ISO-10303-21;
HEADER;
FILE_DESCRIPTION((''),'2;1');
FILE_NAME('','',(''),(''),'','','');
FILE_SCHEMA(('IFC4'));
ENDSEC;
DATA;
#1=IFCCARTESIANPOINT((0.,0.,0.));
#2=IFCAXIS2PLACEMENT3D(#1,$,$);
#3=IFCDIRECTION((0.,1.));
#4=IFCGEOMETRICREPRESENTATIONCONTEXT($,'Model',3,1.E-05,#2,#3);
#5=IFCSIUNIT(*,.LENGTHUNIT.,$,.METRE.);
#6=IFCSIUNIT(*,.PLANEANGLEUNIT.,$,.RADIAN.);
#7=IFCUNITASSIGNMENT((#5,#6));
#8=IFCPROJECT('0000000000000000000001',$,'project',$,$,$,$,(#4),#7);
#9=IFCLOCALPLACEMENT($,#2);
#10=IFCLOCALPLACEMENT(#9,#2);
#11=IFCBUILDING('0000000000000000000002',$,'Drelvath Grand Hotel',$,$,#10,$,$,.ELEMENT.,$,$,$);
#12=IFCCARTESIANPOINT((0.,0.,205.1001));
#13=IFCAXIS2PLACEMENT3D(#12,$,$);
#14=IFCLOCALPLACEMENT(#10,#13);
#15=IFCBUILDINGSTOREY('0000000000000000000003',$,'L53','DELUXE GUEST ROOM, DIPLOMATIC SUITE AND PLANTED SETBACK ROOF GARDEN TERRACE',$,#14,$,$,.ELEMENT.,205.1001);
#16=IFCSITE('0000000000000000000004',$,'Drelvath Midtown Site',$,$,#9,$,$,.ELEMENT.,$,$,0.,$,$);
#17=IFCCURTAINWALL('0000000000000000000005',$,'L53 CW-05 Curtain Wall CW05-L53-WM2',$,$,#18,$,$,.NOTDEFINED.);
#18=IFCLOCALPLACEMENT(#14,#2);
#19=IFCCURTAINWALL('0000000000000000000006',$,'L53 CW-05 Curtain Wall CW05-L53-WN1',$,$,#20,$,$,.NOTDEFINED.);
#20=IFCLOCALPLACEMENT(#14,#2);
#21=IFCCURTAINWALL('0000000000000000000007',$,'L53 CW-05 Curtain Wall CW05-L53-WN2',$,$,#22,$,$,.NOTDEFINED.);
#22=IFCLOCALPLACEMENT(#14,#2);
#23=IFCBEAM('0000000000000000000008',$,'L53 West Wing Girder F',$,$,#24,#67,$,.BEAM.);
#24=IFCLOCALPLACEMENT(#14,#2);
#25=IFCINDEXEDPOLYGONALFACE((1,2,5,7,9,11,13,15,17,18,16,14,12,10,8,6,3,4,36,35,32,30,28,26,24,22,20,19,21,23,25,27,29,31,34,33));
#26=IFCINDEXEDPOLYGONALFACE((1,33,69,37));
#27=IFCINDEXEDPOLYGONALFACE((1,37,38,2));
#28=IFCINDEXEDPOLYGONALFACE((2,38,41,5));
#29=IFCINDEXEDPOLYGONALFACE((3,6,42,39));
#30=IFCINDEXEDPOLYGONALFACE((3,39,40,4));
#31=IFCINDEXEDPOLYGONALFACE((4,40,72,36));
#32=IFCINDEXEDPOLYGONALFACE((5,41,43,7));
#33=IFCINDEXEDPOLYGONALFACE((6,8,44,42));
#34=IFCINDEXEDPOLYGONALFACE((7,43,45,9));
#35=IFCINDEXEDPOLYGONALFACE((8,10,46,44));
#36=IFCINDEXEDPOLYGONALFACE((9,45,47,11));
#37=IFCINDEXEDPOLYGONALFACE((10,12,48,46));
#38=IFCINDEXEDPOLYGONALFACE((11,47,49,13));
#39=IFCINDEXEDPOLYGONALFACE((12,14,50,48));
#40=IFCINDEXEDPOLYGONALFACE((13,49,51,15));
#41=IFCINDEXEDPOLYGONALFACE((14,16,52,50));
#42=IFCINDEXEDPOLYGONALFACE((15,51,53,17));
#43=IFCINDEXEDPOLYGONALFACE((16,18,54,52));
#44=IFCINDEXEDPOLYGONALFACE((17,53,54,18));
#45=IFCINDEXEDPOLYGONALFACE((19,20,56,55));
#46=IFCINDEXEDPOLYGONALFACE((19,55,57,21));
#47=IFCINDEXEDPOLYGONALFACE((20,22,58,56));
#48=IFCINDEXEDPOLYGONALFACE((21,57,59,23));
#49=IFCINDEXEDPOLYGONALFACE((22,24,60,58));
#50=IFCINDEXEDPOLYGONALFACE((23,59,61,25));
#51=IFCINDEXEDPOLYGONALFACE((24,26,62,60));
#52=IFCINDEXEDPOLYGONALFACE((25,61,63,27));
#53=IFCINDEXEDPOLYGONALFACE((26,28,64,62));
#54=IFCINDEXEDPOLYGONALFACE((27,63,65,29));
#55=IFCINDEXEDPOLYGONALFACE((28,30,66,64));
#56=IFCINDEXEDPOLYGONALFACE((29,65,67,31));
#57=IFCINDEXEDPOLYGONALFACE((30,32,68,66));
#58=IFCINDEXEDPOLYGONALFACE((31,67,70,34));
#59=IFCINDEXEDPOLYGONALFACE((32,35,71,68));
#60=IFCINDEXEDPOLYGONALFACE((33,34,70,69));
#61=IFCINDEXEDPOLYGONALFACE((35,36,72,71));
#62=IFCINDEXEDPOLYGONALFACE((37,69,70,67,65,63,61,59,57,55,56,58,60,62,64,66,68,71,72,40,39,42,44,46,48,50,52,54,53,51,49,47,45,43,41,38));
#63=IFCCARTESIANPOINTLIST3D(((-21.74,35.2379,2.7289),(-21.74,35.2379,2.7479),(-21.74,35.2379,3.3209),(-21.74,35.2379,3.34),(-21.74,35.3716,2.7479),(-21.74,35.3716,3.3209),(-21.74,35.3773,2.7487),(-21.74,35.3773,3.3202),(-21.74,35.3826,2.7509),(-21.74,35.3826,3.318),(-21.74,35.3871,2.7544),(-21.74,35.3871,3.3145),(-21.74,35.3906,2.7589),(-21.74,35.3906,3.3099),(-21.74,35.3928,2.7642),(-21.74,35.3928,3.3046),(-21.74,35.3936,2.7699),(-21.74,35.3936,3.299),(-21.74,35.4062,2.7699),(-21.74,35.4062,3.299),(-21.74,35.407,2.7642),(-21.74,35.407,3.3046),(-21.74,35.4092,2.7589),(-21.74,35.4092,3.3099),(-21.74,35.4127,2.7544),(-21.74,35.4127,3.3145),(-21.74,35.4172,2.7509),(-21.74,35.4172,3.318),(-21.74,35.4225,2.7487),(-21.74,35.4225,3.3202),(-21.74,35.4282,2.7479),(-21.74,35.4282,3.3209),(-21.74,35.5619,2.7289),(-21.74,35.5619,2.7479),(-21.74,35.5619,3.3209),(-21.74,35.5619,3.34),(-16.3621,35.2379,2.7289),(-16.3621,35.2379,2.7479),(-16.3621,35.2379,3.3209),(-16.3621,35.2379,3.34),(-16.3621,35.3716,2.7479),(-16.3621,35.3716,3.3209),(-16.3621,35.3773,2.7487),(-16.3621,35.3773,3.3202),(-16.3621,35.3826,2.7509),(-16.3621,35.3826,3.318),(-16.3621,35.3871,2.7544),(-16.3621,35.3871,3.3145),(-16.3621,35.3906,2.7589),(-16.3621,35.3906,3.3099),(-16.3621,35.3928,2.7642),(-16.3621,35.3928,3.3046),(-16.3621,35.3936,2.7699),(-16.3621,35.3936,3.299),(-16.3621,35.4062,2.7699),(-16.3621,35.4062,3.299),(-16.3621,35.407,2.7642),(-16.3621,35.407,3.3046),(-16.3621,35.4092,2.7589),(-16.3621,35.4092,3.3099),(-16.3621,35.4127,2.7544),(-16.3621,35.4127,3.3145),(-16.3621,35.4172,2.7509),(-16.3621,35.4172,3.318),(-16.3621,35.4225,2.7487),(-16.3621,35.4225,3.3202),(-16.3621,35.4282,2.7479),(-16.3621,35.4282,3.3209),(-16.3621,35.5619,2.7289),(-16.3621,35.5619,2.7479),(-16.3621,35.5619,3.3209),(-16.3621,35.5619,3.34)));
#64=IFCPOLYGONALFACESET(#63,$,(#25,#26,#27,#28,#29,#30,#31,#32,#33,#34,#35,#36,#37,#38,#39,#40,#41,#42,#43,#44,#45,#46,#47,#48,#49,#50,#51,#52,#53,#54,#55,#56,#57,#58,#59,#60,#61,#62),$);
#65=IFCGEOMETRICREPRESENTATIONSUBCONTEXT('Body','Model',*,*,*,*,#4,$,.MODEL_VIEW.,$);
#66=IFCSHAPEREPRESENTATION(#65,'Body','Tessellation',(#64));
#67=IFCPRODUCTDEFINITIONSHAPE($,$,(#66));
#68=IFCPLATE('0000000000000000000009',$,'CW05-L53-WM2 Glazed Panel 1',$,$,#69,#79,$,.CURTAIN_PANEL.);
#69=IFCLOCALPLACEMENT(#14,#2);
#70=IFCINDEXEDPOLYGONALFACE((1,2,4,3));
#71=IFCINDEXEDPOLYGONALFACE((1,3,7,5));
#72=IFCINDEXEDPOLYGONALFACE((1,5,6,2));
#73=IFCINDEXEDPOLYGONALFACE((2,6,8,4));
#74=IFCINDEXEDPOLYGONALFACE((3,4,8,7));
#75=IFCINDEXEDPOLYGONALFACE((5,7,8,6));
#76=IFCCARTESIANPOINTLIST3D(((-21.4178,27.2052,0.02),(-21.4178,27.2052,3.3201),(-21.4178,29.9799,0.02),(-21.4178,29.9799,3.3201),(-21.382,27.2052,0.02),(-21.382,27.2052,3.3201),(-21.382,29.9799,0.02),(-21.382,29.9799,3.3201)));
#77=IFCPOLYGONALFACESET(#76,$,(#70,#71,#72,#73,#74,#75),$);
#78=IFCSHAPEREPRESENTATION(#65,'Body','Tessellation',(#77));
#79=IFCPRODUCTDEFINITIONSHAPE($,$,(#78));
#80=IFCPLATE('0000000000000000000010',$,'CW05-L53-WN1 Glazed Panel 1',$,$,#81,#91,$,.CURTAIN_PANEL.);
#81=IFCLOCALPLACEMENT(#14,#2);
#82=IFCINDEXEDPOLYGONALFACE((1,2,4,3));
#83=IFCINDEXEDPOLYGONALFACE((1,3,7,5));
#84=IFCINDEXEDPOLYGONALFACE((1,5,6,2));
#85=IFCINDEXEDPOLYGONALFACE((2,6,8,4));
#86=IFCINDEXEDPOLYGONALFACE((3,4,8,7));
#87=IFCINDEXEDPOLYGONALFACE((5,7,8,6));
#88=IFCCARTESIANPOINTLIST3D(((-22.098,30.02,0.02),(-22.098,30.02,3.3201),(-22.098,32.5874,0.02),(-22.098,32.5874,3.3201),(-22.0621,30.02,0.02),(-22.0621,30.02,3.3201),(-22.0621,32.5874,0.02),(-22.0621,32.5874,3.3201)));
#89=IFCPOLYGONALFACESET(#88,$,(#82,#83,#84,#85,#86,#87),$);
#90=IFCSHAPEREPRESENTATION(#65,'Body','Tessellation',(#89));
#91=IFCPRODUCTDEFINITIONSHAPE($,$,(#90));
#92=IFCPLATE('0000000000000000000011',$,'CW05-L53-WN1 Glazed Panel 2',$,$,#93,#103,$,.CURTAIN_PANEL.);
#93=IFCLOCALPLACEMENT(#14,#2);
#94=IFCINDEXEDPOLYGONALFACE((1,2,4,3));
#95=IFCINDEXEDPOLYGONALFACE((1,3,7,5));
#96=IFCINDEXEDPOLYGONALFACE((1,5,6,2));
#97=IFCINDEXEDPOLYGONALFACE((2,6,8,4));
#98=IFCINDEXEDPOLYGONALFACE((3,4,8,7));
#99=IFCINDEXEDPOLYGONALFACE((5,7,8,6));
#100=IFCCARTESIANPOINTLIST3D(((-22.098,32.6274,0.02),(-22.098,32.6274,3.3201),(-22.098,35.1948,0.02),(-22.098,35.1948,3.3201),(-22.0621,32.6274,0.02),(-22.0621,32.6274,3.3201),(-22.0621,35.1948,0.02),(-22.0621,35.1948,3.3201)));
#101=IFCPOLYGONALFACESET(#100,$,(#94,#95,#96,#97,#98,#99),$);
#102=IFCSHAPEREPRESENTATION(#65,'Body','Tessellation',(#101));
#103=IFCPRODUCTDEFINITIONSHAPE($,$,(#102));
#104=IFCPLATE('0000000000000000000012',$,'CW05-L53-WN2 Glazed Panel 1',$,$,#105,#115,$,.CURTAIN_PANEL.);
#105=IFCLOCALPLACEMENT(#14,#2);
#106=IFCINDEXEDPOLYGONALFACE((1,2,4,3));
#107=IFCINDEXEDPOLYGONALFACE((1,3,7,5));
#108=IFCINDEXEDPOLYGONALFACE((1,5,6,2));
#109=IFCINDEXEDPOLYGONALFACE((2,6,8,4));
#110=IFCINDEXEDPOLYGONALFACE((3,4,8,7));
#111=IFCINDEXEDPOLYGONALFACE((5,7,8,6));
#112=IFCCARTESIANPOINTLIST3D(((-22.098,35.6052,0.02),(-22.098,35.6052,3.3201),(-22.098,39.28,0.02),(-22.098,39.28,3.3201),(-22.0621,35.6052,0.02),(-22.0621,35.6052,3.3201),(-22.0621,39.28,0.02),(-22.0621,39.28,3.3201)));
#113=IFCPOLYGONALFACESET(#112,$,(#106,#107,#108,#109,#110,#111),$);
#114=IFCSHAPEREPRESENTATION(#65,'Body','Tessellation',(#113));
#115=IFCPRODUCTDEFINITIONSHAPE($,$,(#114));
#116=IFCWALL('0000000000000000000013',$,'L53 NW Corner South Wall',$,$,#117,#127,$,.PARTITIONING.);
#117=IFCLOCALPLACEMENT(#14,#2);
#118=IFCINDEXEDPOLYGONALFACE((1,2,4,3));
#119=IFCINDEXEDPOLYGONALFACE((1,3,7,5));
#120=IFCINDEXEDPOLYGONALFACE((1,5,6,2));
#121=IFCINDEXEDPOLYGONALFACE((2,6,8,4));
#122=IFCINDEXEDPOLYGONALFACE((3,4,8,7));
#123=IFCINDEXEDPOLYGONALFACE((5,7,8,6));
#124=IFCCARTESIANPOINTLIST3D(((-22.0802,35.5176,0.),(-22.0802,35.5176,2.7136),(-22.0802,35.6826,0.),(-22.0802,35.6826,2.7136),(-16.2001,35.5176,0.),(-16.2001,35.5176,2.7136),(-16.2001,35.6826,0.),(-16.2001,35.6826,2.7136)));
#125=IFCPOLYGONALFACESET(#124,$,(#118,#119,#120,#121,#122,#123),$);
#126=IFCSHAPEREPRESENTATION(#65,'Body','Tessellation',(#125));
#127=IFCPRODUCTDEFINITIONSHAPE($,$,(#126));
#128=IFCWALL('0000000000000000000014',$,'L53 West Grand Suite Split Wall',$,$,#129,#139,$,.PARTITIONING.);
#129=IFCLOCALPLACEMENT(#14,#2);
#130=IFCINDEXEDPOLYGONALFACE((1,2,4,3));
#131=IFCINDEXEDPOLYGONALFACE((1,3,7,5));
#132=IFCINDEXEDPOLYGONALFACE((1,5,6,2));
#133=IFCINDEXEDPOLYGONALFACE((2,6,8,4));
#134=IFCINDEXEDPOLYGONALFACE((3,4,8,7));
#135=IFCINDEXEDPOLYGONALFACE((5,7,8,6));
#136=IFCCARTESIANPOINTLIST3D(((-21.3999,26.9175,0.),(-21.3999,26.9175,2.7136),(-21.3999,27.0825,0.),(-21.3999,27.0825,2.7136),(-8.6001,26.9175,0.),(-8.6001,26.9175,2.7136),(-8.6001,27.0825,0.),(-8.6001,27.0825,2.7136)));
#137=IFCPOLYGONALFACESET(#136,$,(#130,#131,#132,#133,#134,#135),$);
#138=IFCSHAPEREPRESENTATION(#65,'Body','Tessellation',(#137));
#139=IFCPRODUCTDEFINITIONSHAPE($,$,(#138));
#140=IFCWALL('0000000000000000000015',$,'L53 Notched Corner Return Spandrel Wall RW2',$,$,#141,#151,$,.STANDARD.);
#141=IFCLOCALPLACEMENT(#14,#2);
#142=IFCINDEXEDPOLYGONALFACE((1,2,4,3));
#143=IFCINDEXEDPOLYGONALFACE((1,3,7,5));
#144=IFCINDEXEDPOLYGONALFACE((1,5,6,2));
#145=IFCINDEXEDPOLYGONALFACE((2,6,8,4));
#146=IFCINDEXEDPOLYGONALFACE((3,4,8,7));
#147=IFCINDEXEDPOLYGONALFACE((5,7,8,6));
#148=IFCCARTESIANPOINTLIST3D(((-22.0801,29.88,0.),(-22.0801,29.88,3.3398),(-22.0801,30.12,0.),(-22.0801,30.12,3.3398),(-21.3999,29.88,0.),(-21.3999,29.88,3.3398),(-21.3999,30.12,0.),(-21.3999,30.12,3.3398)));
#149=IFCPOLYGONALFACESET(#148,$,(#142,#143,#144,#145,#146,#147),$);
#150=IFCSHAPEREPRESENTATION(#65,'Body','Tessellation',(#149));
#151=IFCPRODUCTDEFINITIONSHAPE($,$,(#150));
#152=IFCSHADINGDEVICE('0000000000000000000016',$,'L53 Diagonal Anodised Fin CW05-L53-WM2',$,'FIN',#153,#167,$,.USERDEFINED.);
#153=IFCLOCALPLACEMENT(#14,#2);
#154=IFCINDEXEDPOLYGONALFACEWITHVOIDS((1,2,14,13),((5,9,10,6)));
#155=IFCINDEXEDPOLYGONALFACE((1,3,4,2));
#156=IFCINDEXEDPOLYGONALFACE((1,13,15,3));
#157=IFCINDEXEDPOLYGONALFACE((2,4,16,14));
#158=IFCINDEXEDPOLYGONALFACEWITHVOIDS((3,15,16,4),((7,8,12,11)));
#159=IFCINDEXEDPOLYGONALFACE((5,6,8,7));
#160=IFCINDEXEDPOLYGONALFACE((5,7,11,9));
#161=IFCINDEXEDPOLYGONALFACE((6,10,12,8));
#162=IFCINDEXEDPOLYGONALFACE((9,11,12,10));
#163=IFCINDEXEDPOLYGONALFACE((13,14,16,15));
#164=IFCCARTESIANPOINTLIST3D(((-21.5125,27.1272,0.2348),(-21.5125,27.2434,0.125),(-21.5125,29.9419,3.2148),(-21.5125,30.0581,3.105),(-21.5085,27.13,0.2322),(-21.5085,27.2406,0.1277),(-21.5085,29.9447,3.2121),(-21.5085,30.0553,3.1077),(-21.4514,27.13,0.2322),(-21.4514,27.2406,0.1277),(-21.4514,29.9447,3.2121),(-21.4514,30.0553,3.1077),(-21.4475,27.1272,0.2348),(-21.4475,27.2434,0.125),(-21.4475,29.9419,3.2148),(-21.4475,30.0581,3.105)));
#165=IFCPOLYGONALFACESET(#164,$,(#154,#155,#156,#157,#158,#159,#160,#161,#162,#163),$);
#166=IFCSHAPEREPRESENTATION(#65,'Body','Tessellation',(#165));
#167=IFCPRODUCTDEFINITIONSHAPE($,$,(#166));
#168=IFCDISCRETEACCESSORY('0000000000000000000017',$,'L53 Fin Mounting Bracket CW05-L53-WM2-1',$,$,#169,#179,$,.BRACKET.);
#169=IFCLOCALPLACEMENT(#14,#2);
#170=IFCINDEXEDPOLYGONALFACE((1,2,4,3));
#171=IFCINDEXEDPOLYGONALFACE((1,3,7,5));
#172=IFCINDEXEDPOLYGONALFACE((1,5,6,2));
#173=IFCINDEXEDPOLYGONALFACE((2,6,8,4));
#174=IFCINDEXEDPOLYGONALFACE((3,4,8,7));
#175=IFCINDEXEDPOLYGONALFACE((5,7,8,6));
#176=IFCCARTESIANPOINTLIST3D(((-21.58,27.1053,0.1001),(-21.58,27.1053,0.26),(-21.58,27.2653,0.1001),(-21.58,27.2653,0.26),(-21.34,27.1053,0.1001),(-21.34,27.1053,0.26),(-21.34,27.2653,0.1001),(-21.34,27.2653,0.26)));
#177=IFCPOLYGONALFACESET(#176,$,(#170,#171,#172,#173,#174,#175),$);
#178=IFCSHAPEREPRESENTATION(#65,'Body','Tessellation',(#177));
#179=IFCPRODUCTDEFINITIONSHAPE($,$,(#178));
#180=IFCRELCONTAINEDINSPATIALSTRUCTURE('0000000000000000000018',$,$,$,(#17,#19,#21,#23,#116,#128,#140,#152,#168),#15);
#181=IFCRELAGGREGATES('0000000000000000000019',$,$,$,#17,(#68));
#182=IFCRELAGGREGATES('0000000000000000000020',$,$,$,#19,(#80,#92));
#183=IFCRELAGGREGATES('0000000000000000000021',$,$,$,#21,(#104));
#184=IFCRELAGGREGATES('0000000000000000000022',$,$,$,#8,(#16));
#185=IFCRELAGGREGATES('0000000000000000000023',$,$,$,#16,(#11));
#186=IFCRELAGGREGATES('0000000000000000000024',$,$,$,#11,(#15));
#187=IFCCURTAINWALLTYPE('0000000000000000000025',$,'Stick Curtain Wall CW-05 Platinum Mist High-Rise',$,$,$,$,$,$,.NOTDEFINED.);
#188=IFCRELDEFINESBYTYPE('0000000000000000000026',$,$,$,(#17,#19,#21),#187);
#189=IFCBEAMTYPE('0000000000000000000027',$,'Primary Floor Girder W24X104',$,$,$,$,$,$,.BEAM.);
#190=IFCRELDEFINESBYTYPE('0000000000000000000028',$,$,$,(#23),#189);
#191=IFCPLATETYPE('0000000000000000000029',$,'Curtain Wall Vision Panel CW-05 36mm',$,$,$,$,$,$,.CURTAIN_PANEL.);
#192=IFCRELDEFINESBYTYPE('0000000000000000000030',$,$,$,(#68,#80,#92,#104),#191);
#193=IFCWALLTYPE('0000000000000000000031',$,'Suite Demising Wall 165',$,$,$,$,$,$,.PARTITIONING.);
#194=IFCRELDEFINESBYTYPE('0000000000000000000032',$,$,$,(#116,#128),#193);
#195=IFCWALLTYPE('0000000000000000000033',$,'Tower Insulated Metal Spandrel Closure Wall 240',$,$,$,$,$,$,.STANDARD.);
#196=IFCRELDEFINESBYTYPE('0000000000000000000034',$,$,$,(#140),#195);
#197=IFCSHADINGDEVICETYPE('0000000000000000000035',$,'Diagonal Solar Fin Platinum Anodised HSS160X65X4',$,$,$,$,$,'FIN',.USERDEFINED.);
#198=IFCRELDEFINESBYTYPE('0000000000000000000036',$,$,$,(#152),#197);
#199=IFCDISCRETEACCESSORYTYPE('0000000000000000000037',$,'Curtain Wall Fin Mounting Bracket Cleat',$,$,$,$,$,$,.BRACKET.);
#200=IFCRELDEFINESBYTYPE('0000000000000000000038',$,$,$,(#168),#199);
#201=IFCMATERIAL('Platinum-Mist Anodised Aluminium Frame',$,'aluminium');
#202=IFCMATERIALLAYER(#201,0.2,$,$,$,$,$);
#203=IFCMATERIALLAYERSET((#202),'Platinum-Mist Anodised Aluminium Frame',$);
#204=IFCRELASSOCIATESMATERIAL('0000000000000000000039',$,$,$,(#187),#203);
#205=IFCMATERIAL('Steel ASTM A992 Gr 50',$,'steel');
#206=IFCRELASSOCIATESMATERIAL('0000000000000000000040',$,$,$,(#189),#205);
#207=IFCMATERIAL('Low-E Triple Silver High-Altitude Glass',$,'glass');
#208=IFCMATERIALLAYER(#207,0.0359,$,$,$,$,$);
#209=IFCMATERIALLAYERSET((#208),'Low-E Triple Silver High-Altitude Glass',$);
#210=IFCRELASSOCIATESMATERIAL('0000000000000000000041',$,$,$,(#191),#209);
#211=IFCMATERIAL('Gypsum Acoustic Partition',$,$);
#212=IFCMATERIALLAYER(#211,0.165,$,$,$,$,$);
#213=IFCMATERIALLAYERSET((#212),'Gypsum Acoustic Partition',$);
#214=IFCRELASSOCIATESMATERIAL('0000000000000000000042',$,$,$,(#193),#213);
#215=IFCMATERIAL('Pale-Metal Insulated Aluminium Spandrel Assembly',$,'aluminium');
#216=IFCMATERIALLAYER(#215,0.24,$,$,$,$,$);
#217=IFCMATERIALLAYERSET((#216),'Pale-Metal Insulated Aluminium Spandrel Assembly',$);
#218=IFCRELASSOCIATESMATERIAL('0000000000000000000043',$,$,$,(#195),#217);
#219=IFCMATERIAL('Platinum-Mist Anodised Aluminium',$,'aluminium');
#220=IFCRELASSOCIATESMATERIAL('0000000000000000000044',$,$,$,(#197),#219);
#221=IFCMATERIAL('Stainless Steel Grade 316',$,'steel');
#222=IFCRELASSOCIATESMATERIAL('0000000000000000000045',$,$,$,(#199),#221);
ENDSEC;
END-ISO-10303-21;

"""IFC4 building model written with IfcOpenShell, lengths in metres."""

from ifc_helpers import new_model, si_unit, direction, frame, frame_2d, origin, origin_2d, place, context, subcontext, project, spatial, rectangle, hollow_rectangle, i_section, extrude, material, layer, layer_set, material_profile, profile_set, type_object, element, aggregate, save


model = new_model("IFC4")

# Units and contexts
model_context = context("Model", 3, precision=1e-05, world=origin(), true_north=direction((0.0, 1.0)))
body_context = subcontext(model_context, "Body", "Model", "MODEL_VIEW")
ifc_project = project(units=[si_unit("LENGTHUNIT", "METRE"), si_unit("PLANEANGLEUNIT", "RADIAN")], contexts=[model_context])

# Site, building, storey
site_placement = place(None, origin())
site = spatial("IfcSite", under=ifc_project, at=site_placement, Name="Drelvath Midtown Site", CompositionType="ELEMENT", RefElevation=0.0)
building_placement = place(site_placement, origin())
building = spatial("IfcBuilding", under=site, at=building_placement, Name="Drelvath Grand Hotel", CompositionType="ELEMENT")
storey_placement = place(building_placement, frame((0.0, 0.0, 205.1001)))
storey = spatial("IfcBuildingStorey", under=building, at=storey_placement, Name="L53", Description="DELUXE GUEST ROOM, DIPLOMATIC SUITE AND PLANTED SETBACK ROOF GARDEN TERRACE", CompositionType="ELEMENT", Elevation=205.1001)

# Curtain walls
ifc_material_1 = material(Name="Platinum-Mist Anodised Aluminium Frame", Category="aluminium")
ifc_layer_1 = layer(ifc_material_1, 0.2)
ifc_layer_set_1 = layer_set([ifc_layer_1], Name="Platinum-Mist Anodised Aluminium Frame")
curtain_wall_type = type_object("IfcCurtainWallType", Name="Stick Curtain Wall CW-05 Platinum Mist High-Rise", PredefinedType="NOTDEFINED", material=ifc_layer_set_1)
curtain_wall_1_placement = place(storey_placement, origin())
curtain_wall_1 = element("IfcCurtainWall", 1, at=curtain_wall_1_placement, inside=storey, type_object=curtain_wall_type, Name="L53 CW-05 Curtain Wall CW05-L53-WM2", PredefinedType="NOTDEFINED")
curtain_wall_2_placement = place(storey_placement, origin())
curtain_wall_2 = element("IfcCurtainWall", 2, at=curtain_wall_2_placement, inside=storey, type_object=curtain_wall_type, Name="L53 CW-05 Curtain Wall CW05-L53-WN1", PredefinedType="NOTDEFINED")
curtain_wall_3_placement = place(storey_placement, origin())
curtain_wall_3 = element("IfcCurtainWall", 3, at=curtain_wall_3_placement, inside=storey, type_object=curtain_wall_type, Name="L53 CW-05 Curtain Wall CW05-L53-WN2", PredefinedType="NOTDEFINED")

# Beam
ifc_material_2 = material(Name="Steel ASTM A992 Gr 50", Category="steel")
ifc_material_profile_1 = material_profile(ifc_material_2, i_section(OverallWidth=0.324, OverallDepth=0.6111, WebThickness=0.0127, FlangeThickness=0.019, FilletRadius=0.022, at=origin_2d()), Name="W24X104")
ifc_profile_set_1 = profile_set([ifc_material_profile_1], Name="Steel ASTM A992 Gr 50")
beam_type_1 = type_object("IfcBeamType", Name="Primary Floor Girder W24X104", PredefinedType="BEAM", material=ifc_profile_set_1)
beam_1_placement = place(storey_placement, frame((-21.74, 35.3999, 3.0344), z_axis=(1.0, 0.0, 0.0), x_axis=(0.0, 1.0, 0.0)))
element("IfcBeam", 4, at=beam_1_placement, inside=storey, type_object=beam_type_1, Name="L53 West Wing Girder F", PredefinedType="BEAM", context=body_context, shape_type="SweptSolid", body=[
    extrude(i_section(OverallWidth=0.324, OverallDepth=0.6111, WebThickness=0.0127, FlangeThickness=0.019, FilletRadius=0.022, at=origin_2d()), origin(), (0.0, 0.0, 1.0), 5.3779),
])

# Plates
ifc_material_3 = material(Name="Low-E Triple Silver High-Altitude Glass", Category="glass")
ifc_layer_2 = layer(ifc_material_3, 0.0359)
ifc_layer_set_2 = layer_set([ifc_layer_2], Name="Low-E Triple Silver High-Altitude Glass")
plate_type = type_object("IfcPlateType", Name="Curtain Wall Vision Panel CW-05 36mm", PredefinedType="CURTAIN_PANEL", material=ifc_layer_set_2)
plate_1_placement = place(storey_placement, frame((-21.3999, 28.5925, 0.02), z_axis=(0.0, 0.0, 1.0), x_axis=(0.0, 1.0, 0.0)))
plate_1 = element("IfcPlate", 5, at=plate_1_placement, type_object=plate_type, Name="CW05-L53-WM2 Glazed Panel 1", PredefinedType="CURTAIN_PANEL", context=body_context, shape_type="SweptSolid", body=[
    extrude(rectangle(XDim=2.7747, YDim=0.0359, at=origin_2d()), origin(), (0.0, 0.0, 1.0), 3.3),
])
aggregate(curtain_wall_1, [plate_1])
plate_2_placement = place(storey_placement, frame((-22.0801, 31.3037, 0.02), z_axis=(0.0, 0.0, 1.0), x_axis=(0.0, 1.0, 0.0)))
plate_2 = element("IfcPlate", 6, at=plate_2_placement, type_object=plate_type, Name="CW05-L53-WN1 Glazed Panel 1", PredefinedType="CURTAIN_PANEL", context=body_context, shape_type="SweptSolid", body=[
    extrude(rectangle(XDim=2.5674, YDim=0.0359, at=origin_2d()), origin(), (0.0, 0.0, 1.0), 3.3),
])
plate_3_placement = place(storey_placement, frame((-22.0801, 33.9111, 0.02), z_axis=(0.0, 0.0, 1.0), x_axis=(0.0, 1.0, 0.0)))
plate_3 = element("IfcPlate", 7, at=plate_3_placement, type_object=plate_type, Name="CW05-L53-WN1 Glazed Panel 2", PredefinedType="CURTAIN_PANEL", context=body_context, shape_type="SweptSolid", body=[
    extrude(rectangle(XDim=2.5674, YDim=0.0359, at=origin_2d()), origin(), (0.0, 0.0, 1.0), 3.3),
])
aggregate(curtain_wall_2, [plate_2, plate_3])
plate_4_placement = place(storey_placement, frame((-22.0801, 37.4426, 0.02), z_axis=(0.0, 0.0, 1.0), x_axis=(0.0, 1.0, 0.0)))
plate_4 = element("IfcPlate", 8, at=plate_4_placement, type_object=plate_type, Name="CW05-L53-WN2 Glazed Panel 1", PredefinedType="CURTAIN_PANEL", context=body_context, shape_type="SweptSolid", body=[
    extrude(rectangle(XDim=3.6748, YDim=0.0359, at=origin_2d()), origin(), (0.0, 0.0, 1.0), 3.3),
])
aggregate(curtain_wall_3, [plate_4])

# Walls
ifc_material_4 = material(Name="Gypsum Acoustic Partition")
ifc_layer_3 = layer(ifc_material_4, 0.165)
ifc_layer_set_3 = layer_set([ifc_layer_3], Name="Gypsum Acoustic Partition")
wall_type_1 = type_object("IfcWallType", Name="Suite Demising Wall 165", PredefinedType="PARTITIONING", material=ifc_layer_set_3)
wall_1_placement = place(storey_placement, frame((-22.0801, 35.6001, 0.0), z_axis=(0.0, 0.0, 1.0), x_axis=(1.0, 0.0, 0.0)))
element("IfcWall", 9, at=wall_1_placement, inside=storey, type_object=wall_type_1, Name="L53 NW Corner South Wall", PredefinedType="PARTITIONING", context=body_context, shape_type="SweptSolid", body=[
    extrude(rectangle(XDim=5.8801, YDim=0.165, at=frame_2d((2.9399, 0.0))), origin(), (0.0, 0.0, 1.0), 2.7136),
])
wall_2_placement = place(storey_placement, frame((-21.3999, 27.0, 0.0), z_axis=(0.0, 0.0, 1.0), x_axis=(1.0, 0.0, 0.0)))
element("IfcWall", 10, at=wall_2_placement, inside=storey, type_object=wall_type_1, Name="L53 West Grand Suite Split Wall", PredefinedType="PARTITIONING", context=body_context, shape_type="SweptSolid", body=[
    extrude(rectangle(XDim=12.7998, YDim=0.165, at=frame_2d((6.3999, 0.0))), origin(), (0.0, 0.0, 1.0), 2.7136),
])
ifc_material_5 = material(Name="Pale-Metal Insulated Aluminium Spandrel Assembly", Category="aluminium")
ifc_layer_4 = layer(ifc_material_5, 0.24)
ifc_layer_set_4 = layer_set([ifc_layer_4], Name="Pale-Metal Insulated Aluminium Spandrel Assembly")
wall_type_2 = type_object("IfcWallType", Name="Tower Insulated Metal Spandrel Closure Wall 240", PredefinedType="STANDARD", material=ifc_layer_set_4)
wall_3_placement = place(storey_placement, frame((-21.3999, 30.0, 0.0), z_axis=(0.0, 0.0, 1.0), x_axis=(-1.0, 0.0, 0.0)))
element("IfcWall", 11, at=wall_3_placement, inside=storey, type_object=wall_type_2, Name="L53 Notched Corner Return Spandrel Wall RW2", PredefinedType="STANDARD", context=body_context, shape_type="SweptSolid", body=[
    extrude(rectangle(XDim=0.6802, YDim=0.24, at=frame_2d((0.3401, 0.0))), origin(), (0.0, 0.0, 1.0), 3.3398),
])

# Shading device
ifc_material_6 = material(Name="Platinum-Mist Anodised Aluminium", Category="aluminium")
ifc_material_profile_2 = material_profile(ifc_material_6, hollow_rectangle(XDim=0.0649, YDim=0.1599, WallThickness=0.0039, at=origin_2d()), Name="HSS160X65X4")
ifc_profile_set_2 = profile_set([ifc_material_profile_2], Name="Platinum-Mist Anodised Aluminium")
shading_device_type = type_object("IfcShadingDeviceType", Name="Diagonal Solar Fin Platinum Anodised HSS160X65X4", ElementType="FIN", PredefinedType="USERDEFINED", material=ifc_profile_set_2)
shading_device_placement = place(storey_placement, frame((-21.48, 27.1853, 0.1799), z_axis=(0.0, 0.686659, 0.72698), x_axis=(-1.0, 0.0, 0.0)))
element("IfcShadingDevice", 12, at=shading_device_placement, inside=storey, type_object=shading_device_type, Name="L53 Diagonal Anodised Fin CW05-L53-WM2", ObjectType="FIN", PredefinedType="USERDEFINED", context=body_context, shape_type="SweptSolid", body=[
    extrude(hollow_rectangle(XDim=0.0649, YDim=0.1599, WallThickness=0.0039, at=origin_2d()), origin(), (0.0, 0.0, 1.0), 4.0991),
])

# Discrete accessory
ifc_material_7 = material(Name="Stainless Steel Grade 316", Category="steel")
discrete_accessory_type = type_object("IfcDiscreteAccessoryType", Name="Curtain Wall Fin Mounting Bracket Cleat", PredefinedType="BRACKET", material=ifc_material_7)
discrete_accessory_placement = place(storey_placement, frame((-21.46, 27.1853, 0.1001), z_axis=(0.0, 0.0, 1.0), x_axis=(0.0, 1.0, 0.0)))
element("IfcDiscreteAccessory", 13, at=discrete_accessory_placement, inside=storey, type_object=discrete_accessory_type, Name="L53 Fin Mounting Bracket CW05-L53-WM2-1", PredefinedType="BRACKET", context=body_context, shape_type="SweptSolid", body=[
    extrude(rectangle(XDim=0.1599, YDim=0.24, at=origin_2d()), origin(), (0.0, 0.0, 1.0), 0.1599),
])

save(model, "model.ifc")
